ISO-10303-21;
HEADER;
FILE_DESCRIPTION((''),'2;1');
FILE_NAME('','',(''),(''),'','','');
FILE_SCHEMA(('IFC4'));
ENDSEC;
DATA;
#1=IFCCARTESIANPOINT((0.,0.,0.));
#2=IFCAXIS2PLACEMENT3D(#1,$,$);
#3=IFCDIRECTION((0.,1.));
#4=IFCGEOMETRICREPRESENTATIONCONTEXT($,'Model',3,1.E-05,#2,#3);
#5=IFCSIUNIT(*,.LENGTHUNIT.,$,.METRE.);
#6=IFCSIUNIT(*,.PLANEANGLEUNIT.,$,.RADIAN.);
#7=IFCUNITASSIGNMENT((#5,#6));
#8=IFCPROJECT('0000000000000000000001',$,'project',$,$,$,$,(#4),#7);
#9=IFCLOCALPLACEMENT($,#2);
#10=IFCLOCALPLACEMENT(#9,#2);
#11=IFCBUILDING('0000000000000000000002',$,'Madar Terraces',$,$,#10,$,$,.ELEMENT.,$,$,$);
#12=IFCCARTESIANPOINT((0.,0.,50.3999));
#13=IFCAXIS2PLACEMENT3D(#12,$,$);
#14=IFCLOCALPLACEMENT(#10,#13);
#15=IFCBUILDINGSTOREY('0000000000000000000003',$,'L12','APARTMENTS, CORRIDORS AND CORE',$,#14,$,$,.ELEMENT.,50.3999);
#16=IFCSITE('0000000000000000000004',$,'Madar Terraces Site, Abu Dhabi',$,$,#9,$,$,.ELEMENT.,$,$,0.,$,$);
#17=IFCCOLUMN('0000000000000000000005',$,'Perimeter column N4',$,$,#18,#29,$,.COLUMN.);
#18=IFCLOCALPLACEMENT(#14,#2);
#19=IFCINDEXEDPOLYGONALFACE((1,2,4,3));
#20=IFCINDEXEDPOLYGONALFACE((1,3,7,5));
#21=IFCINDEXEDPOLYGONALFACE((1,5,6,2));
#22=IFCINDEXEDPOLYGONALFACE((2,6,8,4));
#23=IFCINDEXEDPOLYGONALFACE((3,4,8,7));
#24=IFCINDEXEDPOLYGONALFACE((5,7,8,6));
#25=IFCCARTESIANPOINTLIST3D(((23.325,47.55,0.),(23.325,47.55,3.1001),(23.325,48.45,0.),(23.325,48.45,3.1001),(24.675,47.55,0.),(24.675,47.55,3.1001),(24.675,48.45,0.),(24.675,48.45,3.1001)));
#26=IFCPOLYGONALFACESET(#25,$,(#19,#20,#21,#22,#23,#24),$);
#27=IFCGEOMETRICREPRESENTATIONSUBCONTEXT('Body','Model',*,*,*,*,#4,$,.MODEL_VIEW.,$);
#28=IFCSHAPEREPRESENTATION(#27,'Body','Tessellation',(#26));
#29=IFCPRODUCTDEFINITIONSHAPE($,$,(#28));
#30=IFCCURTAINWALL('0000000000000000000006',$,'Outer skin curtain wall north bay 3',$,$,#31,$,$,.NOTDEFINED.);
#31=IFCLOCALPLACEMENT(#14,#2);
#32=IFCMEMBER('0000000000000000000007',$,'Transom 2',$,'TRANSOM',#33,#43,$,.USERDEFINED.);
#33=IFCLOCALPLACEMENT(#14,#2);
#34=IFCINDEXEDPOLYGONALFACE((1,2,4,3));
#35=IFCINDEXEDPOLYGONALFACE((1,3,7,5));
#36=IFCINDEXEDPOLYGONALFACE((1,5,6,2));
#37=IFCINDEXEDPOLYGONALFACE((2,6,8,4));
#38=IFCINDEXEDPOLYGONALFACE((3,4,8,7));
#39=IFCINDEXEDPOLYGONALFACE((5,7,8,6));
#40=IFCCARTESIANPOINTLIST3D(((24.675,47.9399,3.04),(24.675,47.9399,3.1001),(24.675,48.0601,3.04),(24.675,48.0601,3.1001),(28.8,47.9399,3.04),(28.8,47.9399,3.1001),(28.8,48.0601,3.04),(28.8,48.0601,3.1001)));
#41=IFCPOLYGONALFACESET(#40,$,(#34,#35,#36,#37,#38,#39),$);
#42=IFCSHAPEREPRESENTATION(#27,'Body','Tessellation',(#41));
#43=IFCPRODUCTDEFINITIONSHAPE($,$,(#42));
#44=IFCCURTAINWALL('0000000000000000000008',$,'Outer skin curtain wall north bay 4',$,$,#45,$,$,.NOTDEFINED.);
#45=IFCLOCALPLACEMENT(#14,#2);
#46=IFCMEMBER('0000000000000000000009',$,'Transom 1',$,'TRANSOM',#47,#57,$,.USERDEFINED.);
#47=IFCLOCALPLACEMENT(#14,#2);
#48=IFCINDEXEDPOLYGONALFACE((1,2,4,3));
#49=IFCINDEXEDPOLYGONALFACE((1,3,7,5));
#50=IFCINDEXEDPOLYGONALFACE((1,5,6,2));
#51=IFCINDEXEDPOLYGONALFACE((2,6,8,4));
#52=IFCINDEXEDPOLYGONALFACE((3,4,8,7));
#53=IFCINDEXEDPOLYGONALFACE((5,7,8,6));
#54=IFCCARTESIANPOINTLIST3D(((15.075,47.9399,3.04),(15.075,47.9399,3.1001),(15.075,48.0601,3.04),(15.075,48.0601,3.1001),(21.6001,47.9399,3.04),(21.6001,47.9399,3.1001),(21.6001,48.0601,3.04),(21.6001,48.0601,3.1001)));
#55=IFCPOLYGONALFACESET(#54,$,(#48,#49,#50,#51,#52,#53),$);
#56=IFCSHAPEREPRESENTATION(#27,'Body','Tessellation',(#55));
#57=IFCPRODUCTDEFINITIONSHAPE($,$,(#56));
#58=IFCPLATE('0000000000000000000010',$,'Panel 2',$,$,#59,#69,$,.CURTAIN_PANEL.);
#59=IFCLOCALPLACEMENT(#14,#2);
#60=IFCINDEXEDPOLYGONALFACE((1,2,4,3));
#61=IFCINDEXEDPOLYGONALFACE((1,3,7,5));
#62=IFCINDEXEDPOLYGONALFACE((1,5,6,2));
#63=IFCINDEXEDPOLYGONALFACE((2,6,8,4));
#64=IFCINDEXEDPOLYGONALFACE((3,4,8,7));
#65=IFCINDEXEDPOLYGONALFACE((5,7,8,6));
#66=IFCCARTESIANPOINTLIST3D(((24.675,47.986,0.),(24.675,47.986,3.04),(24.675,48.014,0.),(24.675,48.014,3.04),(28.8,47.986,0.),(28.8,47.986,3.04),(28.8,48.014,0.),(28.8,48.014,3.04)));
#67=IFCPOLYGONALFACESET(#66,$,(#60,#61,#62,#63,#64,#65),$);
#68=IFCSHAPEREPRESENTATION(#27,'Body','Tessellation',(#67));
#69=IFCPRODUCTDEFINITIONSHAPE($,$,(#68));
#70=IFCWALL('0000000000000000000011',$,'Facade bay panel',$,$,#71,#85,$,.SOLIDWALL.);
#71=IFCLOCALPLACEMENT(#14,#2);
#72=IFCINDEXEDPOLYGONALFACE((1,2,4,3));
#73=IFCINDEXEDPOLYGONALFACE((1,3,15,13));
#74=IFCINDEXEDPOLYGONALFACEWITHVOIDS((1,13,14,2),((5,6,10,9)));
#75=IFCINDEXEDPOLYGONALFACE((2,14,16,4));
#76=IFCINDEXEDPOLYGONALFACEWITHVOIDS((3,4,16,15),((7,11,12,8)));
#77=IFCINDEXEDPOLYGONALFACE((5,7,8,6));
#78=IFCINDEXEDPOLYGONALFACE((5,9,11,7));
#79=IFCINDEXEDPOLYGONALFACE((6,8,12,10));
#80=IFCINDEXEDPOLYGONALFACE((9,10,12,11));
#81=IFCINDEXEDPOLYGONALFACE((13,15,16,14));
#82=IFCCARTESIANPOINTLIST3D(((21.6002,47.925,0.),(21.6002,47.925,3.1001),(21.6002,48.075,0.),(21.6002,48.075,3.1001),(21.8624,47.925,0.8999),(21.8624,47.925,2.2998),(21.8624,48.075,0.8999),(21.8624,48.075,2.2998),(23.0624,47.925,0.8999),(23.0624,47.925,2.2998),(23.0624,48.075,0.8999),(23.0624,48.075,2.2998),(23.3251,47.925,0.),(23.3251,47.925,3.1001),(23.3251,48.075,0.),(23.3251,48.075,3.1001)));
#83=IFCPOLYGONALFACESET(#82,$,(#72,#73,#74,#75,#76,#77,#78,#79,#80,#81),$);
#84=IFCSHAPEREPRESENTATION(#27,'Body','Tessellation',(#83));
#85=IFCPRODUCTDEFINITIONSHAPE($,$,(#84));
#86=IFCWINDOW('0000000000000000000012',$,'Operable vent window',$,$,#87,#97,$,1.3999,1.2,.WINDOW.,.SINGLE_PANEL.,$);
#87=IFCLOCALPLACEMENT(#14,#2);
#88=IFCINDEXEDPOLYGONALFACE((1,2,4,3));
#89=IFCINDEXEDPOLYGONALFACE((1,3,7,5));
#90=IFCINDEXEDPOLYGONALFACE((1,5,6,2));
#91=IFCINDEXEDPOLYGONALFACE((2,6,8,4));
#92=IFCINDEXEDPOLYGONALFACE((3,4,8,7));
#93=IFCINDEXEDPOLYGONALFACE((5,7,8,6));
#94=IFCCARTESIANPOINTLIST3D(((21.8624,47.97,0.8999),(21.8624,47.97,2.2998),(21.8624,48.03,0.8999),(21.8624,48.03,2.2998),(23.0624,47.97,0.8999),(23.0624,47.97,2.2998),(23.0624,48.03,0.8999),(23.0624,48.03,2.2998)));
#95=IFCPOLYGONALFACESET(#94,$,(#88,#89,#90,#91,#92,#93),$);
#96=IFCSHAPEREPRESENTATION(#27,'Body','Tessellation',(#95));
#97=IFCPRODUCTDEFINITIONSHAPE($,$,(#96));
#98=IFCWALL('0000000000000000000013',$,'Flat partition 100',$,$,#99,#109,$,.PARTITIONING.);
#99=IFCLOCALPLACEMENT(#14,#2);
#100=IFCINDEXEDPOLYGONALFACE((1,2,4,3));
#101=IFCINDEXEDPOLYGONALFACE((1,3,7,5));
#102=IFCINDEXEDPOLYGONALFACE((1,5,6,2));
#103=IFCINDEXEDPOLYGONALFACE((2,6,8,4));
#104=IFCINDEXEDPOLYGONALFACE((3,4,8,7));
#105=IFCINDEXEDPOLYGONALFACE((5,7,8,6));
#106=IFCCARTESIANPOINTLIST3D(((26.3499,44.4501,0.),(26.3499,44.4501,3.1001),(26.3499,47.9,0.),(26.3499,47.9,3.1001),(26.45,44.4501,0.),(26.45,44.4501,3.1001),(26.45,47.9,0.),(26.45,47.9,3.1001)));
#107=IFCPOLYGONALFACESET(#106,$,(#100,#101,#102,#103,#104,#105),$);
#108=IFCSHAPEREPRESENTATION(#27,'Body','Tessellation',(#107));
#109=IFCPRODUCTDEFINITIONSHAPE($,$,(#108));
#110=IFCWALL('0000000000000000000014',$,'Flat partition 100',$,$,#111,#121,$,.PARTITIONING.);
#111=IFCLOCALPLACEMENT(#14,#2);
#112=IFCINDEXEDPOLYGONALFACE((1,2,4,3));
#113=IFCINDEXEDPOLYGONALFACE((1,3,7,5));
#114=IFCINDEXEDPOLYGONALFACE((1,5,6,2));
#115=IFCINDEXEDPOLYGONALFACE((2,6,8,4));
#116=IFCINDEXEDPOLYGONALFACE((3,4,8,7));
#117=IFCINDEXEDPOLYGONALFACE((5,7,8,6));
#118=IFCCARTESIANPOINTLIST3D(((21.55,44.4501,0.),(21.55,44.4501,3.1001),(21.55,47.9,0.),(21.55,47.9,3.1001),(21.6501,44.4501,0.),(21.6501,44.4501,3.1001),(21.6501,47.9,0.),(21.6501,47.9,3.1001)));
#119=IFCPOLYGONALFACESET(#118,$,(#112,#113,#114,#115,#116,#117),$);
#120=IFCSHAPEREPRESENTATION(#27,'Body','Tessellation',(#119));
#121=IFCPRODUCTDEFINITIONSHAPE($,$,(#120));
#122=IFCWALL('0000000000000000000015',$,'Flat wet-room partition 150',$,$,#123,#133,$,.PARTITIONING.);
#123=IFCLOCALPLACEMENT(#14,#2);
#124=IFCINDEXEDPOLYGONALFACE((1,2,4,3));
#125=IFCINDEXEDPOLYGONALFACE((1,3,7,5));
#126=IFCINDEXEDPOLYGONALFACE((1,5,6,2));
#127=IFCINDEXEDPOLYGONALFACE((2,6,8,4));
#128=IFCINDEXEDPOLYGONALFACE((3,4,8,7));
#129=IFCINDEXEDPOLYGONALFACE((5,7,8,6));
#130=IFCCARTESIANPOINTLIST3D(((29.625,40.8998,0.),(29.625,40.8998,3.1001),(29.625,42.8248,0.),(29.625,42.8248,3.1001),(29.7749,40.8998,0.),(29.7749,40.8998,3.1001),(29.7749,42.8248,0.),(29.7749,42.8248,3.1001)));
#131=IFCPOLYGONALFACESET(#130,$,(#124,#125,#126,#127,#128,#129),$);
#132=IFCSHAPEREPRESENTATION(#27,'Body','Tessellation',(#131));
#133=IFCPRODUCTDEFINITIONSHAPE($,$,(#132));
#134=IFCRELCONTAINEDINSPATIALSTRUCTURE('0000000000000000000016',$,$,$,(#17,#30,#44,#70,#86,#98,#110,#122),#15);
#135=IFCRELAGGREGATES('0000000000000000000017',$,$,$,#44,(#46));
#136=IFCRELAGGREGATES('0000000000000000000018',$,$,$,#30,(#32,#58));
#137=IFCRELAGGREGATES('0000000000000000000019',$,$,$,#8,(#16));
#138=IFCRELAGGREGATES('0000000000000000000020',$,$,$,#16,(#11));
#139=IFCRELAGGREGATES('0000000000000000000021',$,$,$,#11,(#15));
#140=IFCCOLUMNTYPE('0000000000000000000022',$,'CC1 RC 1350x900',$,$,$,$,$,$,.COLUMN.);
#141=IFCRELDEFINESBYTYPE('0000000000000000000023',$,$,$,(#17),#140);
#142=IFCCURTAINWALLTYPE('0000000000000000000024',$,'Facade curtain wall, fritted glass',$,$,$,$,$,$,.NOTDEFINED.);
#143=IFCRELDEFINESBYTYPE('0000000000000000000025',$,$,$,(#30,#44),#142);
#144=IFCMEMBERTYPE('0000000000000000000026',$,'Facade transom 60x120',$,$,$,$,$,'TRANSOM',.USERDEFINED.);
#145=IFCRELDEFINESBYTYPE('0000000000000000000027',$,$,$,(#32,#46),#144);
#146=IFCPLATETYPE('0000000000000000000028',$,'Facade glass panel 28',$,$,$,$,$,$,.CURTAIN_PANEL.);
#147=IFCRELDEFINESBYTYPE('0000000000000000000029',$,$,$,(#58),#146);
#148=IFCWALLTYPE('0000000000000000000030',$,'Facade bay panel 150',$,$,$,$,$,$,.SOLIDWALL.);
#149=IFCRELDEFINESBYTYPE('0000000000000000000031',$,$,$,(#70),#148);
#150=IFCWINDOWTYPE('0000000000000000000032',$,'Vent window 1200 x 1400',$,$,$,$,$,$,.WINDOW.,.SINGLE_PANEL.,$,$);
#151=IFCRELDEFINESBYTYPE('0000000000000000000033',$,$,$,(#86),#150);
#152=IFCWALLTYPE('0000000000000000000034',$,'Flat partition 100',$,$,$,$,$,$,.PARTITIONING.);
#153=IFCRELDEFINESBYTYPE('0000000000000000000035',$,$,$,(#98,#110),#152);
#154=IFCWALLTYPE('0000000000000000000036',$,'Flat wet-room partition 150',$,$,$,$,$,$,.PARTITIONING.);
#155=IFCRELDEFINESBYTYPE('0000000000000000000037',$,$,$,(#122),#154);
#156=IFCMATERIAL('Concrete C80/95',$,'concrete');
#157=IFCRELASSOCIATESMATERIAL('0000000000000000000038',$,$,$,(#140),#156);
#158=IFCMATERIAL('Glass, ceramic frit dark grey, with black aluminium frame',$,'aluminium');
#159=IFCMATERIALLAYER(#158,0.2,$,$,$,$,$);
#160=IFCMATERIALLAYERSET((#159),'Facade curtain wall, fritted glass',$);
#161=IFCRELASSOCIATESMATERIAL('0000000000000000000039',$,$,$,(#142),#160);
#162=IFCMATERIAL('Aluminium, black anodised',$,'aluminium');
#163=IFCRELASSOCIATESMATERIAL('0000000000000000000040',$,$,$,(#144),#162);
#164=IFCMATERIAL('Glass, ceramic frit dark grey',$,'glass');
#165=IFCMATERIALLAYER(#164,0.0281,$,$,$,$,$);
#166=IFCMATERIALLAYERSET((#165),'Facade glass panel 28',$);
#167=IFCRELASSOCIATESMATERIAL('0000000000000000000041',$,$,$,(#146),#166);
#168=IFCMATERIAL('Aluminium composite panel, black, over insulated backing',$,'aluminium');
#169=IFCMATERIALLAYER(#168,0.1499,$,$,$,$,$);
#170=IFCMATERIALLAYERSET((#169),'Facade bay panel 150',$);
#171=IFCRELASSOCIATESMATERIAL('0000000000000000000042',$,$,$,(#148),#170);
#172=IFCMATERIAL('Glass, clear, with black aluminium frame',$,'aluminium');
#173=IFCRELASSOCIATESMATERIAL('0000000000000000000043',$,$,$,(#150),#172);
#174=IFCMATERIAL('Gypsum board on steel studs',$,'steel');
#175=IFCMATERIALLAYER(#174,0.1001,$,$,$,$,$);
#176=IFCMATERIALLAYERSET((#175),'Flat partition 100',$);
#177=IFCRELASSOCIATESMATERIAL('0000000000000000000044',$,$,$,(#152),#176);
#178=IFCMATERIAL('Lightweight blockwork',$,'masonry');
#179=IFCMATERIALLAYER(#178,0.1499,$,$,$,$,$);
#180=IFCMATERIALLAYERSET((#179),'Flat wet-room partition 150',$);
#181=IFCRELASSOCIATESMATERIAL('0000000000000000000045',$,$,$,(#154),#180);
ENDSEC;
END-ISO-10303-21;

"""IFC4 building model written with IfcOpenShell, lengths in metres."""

from ifc_helpers import new_model, si_unit, direction, frame, frame_2d, origin, origin_2d, place, context, subcontext, project, spatial, rectangle, extrude, material, layer, layer_set, material_profile, profile_set, type_object, element, fill, aggregate, save


model = new_model("IFC4")

# Units and contexts
model_context = context("Model", 3, precision=1e-05, world=origin(), true_north=direction((0.0, 1.0)))
body_context = subcontext(model_context, "Body", "Model", "MODEL_VIEW")
ifc_project = project(units=[si_unit("LENGTHUNIT", "METRE"), si_unit("PLANEANGLEUNIT", "RADIAN")], contexts=[model_context])

# Site, building, storey
site_placement = place(None, origin())
site = spatial("IfcSite", under=ifc_project, at=site_placement, Name="Madar Terraces Site, Abu Dhabi", CompositionType="ELEMENT", RefElevation=0.0)
building_placement = place(site_placement, origin())
building = spatial("IfcBuilding", under=site, at=building_placement, Name="Madar Terraces", CompositionType="ELEMENT")
storey_placement = place(building_placement, frame((0.0, 0.0, 50.3999)))
storey = spatial("IfcBuildingStorey", under=building, at=storey_placement, Name="L12", Description="APARTMENTS, CORRIDORS AND CORE", CompositionType="ELEMENT", Elevation=50.3999)

# Column
ifc_material_1 = material(Name="Concrete C80/95", Category="concrete")
ifc_material_profile_1 = material_profile(ifc_material_1, rectangle(XDim=1.3501, YDim=0.8999, at=origin_2d()), Name="CC1 RC 1350x900")
ifc_profile_set_1 = profile_set([ifc_material_profile_1], Name="Concrete C80/95")
column_type = type_object("IfcColumnType", Name="CC1 RC 1350x900", PredefinedType="COLUMN", material=ifc_profile_set_1)
column_placement = place(storey_placement, frame((24.0, 48.0, 0.0), z_axis=(0.0, 0.0, 1.0), x_axis=(1.0, 0.0, 0.0)))
element("IfcColumn", 1, at=column_placement, inside=storey, type_object=column_type, Name="Perimeter column N4", PredefinedType="COLUMN", context=body_context, shape_type="SweptSolid", body=[
    extrude(rectangle(XDim=1.3501, YDim=0.8999, at=origin_2d()), origin(), (0.0, 0.0, 1.0), 3.1001),
])

# Curtain walls, members
ifc_material_2 = material(Name="Glass, ceramic frit dark grey, with black aluminium frame", Category="aluminium")
ifc_layer_1 = layer(ifc_material_2, 0.2)
ifc_layer_set_1 = layer_set([ifc_layer_1], Name="Facade curtain wall, fritted glass")
curtain_wall_type = type_object("IfcCurtainWallType", Name="Facade curtain wall, fritted glass", PredefinedType="NOTDEFINED", material=ifc_layer_set_1)
curtain_wall_1_placement = place(storey_placement, origin())
curtain_wall_1 = element("IfcCurtainWall", 2, at=curtain_wall_1_placement, inside=storey, type_object=curtain_wall_type, Name="Outer skin curtain wall north bay 3", PredefinedType="NOTDEFINED")
ifc_material_3 = material(Name="Aluminium, black anodised", Category="aluminium")
ifc_material_profile_2 = material_profile(ifc_material_3, rectangle(XDim=0.1201, YDim=0.0601, at=origin_2d()), Name="Facade transom 60x120")
ifc_profile_set_2 = profile_set([ifc_material_profile_2], Name="Aluminium, black anodised")
member_type = type_object("IfcMemberType", Name="Facade transom 60x120", ElementType="TRANSOM", PredefinedType="USERDEFINED", material=ifc_profile_set_2)
member_1_placement = place(storey_placement, frame((28.8, 48.0, 3.0701), z_axis=(-1.0, 0.0, 0.0), x_axis=(0.0, -1.0, 0.0)))
member_1 = element("IfcMember", 3, at=member_1_placement, type_object=member_type, Name="Transom 2", ObjectType="TRANSOM", PredefinedType="USERDEFINED", context=body_context, shape_type="SweptSolid", body=[
    extrude(rectangle(XDim=0.1201, YDim=0.0601, at=origin_2d()), origin(), (0.0, 0.0, 1.0), 4.125),
])
curtain_wall_2_placement = place(storey_placement, origin())
curtain_wall_2 = element("IfcCurtainWall", 4, at=curtain_wall_2_placement, inside=storey, type_object=curtain_wall_type, Name="Outer skin curtain wall north bay 4", PredefinedType="NOTDEFINED")
member_2_placement = place(storey_placement, frame((21.6001, 48.0, 3.0701), z_axis=(-1.0, 0.0, 0.0), x_axis=(0.0, -1.0, 0.0)))
member_2 = element("IfcMember", 5, at=member_2_placement, type_object=member_type, Name="Transom 1", ObjectType="TRANSOM", PredefinedType="USERDEFINED", context=body_context, shape_type="SweptSolid", body=[
    extrude(rectangle(XDim=0.1201, YDim=0.0601, at=origin_2d()), origin(), (0.0, 0.0, 1.0), 6.5251),
])
aggregate(curtain_wall_2, [member_2])

# Plate
ifc_material_4 = material(Name="Glass, ceramic frit dark grey", Category="glass")
ifc_layer_2 = layer(ifc_material_4, 0.0281)
ifc_layer_set_2 = layer_set([ifc_layer_2], Name="Facade glass panel 28")
plate_type = type_object("IfcPlateType", Name="Facade glass panel 28", PredefinedType="CURTAIN_PANEL", material=ifc_layer_set_2)
plate_placement = place(storey_placement, frame((26.7375, 48.0, 0.0), z_axis=(0.0, 0.0, 1.0), x_axis=(-1.0, 0.0, 0.0)))
plate = element("IfcPlate", 6, at=plate_placement, type_object=plate_type, Name="Panel 2", PredefinedType="CURTAIN_PANEL", context=body_context, shape_type="SweptSolid", body=[
    extrude(rectangle(XDim=4.125, YDim=0.0281, at=origin_2d()), origin(), (0.0, 0.0, 1.0), 3.04),
])
aggregate(curtain_wall_1, [member_1, plate])

# Wall, opening, window
ifc_material_5 = material(Name="Aluminium composite panel, black, over insulated backing", Category="aluminium")
ifc_layer_3 = layer(ifc_material_5, 0.1499)
ifc_layer_set_3 = layer_set([ifc_layer_3], Name="Facade bay panel 150")
wall_type_1 = type_object("IfcWallType", Name="Facade bay panel 150", PredefinedType="SOLIDWALL", material=ifc_layer_set_3)
wall_1_placement = place(storey_placement, frame((23.325, 48.0, 0.0), z_axis=(0.0, 0.0, 1.0), x_axis=(-1.0, 0.0, 0.0)))
wall_1 = element("IfcWall", 7, at=wall_1_placement, inside=storey, type_object=wall_type_1, Name="Facade bay panel", PredefinedType="SOLIDWALL", context=body_context, shape_type="SweptSolid", body=[
    extrude(rectangle(XDim=1.7249, YDim=0.1499, at=frame_2d((0.8623, 0.0))), origin(), (0.0, 0.0, 1.0), 3.1001),
])
opening_1_placement = place(wall_1_placement, frame((0.2625, 0.0, 0.8999)))
opening_1 = element("IfcOpeningElement", 8, at=opening_1_placement, cuts=wall_1, PredefinedType="OPENING", context=body_context, shape_type="SweptSolid", body=[
    extrude(rectangle(XDim=1.2, YDim=1.3999, at=frame_2d((0.6001, 0.7))), frame((0.0, 0.085, 0.0), z_axis=(0.0, -1.0, 0.0), x_axis=(1.0, 0.0, 0.0)), (0.0, 0.0, 1.0), 0.1699),
])
ifc_material_6 = material(Name="Glass, clear, with black aluminium frame", Category="aluminium")
window_type = type_object("IfcWindowType", Name="Vent window 1200 x 1400", PartitioningType="SINGLE_PANEL", PredefinedType="WINDOW", material=ifc_material_6)
window_placement = place(opening_1_placement, origin())
window = element("IfcWindow", 9, at=window_placement, inside=storey, type_object=window_type, Name="Operable vent window", OverallHeight=1.3999, OverallWidth=1.2, PartitioningType="SINGLE_PANEL", PredefinedType="WINDOW", context=body_context, shape_type="SweptSolid", body=[
    extrude(rectangle(XDim=1.2, YDim=1.3999, at=frame_2d((0.6001, 0.7))), frame((0.0, 0.03, 0.0), z_axis=(0.0, -1.0, 0.0), x_axis=(1.0, 0.0, 0.0)), (0.0, 0.0, 1.0), 0.0601),
])
fill(opening_1, window)

# Walls
ifc_material_7 = material(Name="Gypsum board on steel studs", Category="steel")
ifc_layer_4 = layer(ifc_material_7, 0.1001)
ifc_layer_set_4 = layer_set([ifc_layer_4], Name="Flat partition 100")
wall_type_2 = type_object("IfcWallType", Name="Flat partition 100", PredefinedType="PARTITIONING", material=ifc_layer_set_4)
for number, where, z_axis, x_axis, name in (
    (10, (26.3999, 44.45, 0.0), (0.0, 0.0, 1.0), (0.0, 1.0, 0.0), "Flat partition 100"),
    (11, (21.6001, 44.45, 0.0), (0.0, 0.0, 1.0), (0.0, 1.0, 0.0), "Flat partition 100"),
):
    element("IfcWall", number, at=place(storey_placement, frame(where, z_axis=z_axis, x_axis=x_axis)), inside=storey, type_object=wall_type_2, Name=name, PredefinedType="PARTITIONING", context=body_context, shape_type="SweptSolid", body=[
        extrude(rectangle(XDim=3.45, YDim=0.1001, at=frame_2d((1.7251, 0.0))), origin(), (0.0, 0.0, 1.0), 3.1001),
    ])
ifc_material_8 = material(Name="Lightweight blockwork", Category="masonry")
ifc_layer_5 = layer(ifc_material_8, 0.1499)
ifc_layer_set_5 = layer_set([ifc_layer_5], Name="Flat wet-room partition 150")
wall_type_3 = type_object("IfcWallType", Name="Flat wet-room partition 150", PredefinedType="PARTITIONING", material=ifc_layer_set_5)
wall_2_placement = place(storey_placement, frame((29.7, 40.8999, 0.0), z_axis=(0.0, 0.0, 1.0), x_axis=(0.0, 1.0, 0.0)))
element("IfcWall", 12, at=wall_2_placement, inside=storey, type_object=wall_type_3, Name="Flat wet-room partition 150", PredefinedType="PARTITIONING", context=body_context, shape_type="SweptSolid", body=[
    extrude(rectangle(XDim=1.925, YDim=0.1499, at=frame_2d((0.9624, 0.0))), origin(), (0.0, 0.0, 1.0), 3.1001),
])

save(model, "model.ifc")
